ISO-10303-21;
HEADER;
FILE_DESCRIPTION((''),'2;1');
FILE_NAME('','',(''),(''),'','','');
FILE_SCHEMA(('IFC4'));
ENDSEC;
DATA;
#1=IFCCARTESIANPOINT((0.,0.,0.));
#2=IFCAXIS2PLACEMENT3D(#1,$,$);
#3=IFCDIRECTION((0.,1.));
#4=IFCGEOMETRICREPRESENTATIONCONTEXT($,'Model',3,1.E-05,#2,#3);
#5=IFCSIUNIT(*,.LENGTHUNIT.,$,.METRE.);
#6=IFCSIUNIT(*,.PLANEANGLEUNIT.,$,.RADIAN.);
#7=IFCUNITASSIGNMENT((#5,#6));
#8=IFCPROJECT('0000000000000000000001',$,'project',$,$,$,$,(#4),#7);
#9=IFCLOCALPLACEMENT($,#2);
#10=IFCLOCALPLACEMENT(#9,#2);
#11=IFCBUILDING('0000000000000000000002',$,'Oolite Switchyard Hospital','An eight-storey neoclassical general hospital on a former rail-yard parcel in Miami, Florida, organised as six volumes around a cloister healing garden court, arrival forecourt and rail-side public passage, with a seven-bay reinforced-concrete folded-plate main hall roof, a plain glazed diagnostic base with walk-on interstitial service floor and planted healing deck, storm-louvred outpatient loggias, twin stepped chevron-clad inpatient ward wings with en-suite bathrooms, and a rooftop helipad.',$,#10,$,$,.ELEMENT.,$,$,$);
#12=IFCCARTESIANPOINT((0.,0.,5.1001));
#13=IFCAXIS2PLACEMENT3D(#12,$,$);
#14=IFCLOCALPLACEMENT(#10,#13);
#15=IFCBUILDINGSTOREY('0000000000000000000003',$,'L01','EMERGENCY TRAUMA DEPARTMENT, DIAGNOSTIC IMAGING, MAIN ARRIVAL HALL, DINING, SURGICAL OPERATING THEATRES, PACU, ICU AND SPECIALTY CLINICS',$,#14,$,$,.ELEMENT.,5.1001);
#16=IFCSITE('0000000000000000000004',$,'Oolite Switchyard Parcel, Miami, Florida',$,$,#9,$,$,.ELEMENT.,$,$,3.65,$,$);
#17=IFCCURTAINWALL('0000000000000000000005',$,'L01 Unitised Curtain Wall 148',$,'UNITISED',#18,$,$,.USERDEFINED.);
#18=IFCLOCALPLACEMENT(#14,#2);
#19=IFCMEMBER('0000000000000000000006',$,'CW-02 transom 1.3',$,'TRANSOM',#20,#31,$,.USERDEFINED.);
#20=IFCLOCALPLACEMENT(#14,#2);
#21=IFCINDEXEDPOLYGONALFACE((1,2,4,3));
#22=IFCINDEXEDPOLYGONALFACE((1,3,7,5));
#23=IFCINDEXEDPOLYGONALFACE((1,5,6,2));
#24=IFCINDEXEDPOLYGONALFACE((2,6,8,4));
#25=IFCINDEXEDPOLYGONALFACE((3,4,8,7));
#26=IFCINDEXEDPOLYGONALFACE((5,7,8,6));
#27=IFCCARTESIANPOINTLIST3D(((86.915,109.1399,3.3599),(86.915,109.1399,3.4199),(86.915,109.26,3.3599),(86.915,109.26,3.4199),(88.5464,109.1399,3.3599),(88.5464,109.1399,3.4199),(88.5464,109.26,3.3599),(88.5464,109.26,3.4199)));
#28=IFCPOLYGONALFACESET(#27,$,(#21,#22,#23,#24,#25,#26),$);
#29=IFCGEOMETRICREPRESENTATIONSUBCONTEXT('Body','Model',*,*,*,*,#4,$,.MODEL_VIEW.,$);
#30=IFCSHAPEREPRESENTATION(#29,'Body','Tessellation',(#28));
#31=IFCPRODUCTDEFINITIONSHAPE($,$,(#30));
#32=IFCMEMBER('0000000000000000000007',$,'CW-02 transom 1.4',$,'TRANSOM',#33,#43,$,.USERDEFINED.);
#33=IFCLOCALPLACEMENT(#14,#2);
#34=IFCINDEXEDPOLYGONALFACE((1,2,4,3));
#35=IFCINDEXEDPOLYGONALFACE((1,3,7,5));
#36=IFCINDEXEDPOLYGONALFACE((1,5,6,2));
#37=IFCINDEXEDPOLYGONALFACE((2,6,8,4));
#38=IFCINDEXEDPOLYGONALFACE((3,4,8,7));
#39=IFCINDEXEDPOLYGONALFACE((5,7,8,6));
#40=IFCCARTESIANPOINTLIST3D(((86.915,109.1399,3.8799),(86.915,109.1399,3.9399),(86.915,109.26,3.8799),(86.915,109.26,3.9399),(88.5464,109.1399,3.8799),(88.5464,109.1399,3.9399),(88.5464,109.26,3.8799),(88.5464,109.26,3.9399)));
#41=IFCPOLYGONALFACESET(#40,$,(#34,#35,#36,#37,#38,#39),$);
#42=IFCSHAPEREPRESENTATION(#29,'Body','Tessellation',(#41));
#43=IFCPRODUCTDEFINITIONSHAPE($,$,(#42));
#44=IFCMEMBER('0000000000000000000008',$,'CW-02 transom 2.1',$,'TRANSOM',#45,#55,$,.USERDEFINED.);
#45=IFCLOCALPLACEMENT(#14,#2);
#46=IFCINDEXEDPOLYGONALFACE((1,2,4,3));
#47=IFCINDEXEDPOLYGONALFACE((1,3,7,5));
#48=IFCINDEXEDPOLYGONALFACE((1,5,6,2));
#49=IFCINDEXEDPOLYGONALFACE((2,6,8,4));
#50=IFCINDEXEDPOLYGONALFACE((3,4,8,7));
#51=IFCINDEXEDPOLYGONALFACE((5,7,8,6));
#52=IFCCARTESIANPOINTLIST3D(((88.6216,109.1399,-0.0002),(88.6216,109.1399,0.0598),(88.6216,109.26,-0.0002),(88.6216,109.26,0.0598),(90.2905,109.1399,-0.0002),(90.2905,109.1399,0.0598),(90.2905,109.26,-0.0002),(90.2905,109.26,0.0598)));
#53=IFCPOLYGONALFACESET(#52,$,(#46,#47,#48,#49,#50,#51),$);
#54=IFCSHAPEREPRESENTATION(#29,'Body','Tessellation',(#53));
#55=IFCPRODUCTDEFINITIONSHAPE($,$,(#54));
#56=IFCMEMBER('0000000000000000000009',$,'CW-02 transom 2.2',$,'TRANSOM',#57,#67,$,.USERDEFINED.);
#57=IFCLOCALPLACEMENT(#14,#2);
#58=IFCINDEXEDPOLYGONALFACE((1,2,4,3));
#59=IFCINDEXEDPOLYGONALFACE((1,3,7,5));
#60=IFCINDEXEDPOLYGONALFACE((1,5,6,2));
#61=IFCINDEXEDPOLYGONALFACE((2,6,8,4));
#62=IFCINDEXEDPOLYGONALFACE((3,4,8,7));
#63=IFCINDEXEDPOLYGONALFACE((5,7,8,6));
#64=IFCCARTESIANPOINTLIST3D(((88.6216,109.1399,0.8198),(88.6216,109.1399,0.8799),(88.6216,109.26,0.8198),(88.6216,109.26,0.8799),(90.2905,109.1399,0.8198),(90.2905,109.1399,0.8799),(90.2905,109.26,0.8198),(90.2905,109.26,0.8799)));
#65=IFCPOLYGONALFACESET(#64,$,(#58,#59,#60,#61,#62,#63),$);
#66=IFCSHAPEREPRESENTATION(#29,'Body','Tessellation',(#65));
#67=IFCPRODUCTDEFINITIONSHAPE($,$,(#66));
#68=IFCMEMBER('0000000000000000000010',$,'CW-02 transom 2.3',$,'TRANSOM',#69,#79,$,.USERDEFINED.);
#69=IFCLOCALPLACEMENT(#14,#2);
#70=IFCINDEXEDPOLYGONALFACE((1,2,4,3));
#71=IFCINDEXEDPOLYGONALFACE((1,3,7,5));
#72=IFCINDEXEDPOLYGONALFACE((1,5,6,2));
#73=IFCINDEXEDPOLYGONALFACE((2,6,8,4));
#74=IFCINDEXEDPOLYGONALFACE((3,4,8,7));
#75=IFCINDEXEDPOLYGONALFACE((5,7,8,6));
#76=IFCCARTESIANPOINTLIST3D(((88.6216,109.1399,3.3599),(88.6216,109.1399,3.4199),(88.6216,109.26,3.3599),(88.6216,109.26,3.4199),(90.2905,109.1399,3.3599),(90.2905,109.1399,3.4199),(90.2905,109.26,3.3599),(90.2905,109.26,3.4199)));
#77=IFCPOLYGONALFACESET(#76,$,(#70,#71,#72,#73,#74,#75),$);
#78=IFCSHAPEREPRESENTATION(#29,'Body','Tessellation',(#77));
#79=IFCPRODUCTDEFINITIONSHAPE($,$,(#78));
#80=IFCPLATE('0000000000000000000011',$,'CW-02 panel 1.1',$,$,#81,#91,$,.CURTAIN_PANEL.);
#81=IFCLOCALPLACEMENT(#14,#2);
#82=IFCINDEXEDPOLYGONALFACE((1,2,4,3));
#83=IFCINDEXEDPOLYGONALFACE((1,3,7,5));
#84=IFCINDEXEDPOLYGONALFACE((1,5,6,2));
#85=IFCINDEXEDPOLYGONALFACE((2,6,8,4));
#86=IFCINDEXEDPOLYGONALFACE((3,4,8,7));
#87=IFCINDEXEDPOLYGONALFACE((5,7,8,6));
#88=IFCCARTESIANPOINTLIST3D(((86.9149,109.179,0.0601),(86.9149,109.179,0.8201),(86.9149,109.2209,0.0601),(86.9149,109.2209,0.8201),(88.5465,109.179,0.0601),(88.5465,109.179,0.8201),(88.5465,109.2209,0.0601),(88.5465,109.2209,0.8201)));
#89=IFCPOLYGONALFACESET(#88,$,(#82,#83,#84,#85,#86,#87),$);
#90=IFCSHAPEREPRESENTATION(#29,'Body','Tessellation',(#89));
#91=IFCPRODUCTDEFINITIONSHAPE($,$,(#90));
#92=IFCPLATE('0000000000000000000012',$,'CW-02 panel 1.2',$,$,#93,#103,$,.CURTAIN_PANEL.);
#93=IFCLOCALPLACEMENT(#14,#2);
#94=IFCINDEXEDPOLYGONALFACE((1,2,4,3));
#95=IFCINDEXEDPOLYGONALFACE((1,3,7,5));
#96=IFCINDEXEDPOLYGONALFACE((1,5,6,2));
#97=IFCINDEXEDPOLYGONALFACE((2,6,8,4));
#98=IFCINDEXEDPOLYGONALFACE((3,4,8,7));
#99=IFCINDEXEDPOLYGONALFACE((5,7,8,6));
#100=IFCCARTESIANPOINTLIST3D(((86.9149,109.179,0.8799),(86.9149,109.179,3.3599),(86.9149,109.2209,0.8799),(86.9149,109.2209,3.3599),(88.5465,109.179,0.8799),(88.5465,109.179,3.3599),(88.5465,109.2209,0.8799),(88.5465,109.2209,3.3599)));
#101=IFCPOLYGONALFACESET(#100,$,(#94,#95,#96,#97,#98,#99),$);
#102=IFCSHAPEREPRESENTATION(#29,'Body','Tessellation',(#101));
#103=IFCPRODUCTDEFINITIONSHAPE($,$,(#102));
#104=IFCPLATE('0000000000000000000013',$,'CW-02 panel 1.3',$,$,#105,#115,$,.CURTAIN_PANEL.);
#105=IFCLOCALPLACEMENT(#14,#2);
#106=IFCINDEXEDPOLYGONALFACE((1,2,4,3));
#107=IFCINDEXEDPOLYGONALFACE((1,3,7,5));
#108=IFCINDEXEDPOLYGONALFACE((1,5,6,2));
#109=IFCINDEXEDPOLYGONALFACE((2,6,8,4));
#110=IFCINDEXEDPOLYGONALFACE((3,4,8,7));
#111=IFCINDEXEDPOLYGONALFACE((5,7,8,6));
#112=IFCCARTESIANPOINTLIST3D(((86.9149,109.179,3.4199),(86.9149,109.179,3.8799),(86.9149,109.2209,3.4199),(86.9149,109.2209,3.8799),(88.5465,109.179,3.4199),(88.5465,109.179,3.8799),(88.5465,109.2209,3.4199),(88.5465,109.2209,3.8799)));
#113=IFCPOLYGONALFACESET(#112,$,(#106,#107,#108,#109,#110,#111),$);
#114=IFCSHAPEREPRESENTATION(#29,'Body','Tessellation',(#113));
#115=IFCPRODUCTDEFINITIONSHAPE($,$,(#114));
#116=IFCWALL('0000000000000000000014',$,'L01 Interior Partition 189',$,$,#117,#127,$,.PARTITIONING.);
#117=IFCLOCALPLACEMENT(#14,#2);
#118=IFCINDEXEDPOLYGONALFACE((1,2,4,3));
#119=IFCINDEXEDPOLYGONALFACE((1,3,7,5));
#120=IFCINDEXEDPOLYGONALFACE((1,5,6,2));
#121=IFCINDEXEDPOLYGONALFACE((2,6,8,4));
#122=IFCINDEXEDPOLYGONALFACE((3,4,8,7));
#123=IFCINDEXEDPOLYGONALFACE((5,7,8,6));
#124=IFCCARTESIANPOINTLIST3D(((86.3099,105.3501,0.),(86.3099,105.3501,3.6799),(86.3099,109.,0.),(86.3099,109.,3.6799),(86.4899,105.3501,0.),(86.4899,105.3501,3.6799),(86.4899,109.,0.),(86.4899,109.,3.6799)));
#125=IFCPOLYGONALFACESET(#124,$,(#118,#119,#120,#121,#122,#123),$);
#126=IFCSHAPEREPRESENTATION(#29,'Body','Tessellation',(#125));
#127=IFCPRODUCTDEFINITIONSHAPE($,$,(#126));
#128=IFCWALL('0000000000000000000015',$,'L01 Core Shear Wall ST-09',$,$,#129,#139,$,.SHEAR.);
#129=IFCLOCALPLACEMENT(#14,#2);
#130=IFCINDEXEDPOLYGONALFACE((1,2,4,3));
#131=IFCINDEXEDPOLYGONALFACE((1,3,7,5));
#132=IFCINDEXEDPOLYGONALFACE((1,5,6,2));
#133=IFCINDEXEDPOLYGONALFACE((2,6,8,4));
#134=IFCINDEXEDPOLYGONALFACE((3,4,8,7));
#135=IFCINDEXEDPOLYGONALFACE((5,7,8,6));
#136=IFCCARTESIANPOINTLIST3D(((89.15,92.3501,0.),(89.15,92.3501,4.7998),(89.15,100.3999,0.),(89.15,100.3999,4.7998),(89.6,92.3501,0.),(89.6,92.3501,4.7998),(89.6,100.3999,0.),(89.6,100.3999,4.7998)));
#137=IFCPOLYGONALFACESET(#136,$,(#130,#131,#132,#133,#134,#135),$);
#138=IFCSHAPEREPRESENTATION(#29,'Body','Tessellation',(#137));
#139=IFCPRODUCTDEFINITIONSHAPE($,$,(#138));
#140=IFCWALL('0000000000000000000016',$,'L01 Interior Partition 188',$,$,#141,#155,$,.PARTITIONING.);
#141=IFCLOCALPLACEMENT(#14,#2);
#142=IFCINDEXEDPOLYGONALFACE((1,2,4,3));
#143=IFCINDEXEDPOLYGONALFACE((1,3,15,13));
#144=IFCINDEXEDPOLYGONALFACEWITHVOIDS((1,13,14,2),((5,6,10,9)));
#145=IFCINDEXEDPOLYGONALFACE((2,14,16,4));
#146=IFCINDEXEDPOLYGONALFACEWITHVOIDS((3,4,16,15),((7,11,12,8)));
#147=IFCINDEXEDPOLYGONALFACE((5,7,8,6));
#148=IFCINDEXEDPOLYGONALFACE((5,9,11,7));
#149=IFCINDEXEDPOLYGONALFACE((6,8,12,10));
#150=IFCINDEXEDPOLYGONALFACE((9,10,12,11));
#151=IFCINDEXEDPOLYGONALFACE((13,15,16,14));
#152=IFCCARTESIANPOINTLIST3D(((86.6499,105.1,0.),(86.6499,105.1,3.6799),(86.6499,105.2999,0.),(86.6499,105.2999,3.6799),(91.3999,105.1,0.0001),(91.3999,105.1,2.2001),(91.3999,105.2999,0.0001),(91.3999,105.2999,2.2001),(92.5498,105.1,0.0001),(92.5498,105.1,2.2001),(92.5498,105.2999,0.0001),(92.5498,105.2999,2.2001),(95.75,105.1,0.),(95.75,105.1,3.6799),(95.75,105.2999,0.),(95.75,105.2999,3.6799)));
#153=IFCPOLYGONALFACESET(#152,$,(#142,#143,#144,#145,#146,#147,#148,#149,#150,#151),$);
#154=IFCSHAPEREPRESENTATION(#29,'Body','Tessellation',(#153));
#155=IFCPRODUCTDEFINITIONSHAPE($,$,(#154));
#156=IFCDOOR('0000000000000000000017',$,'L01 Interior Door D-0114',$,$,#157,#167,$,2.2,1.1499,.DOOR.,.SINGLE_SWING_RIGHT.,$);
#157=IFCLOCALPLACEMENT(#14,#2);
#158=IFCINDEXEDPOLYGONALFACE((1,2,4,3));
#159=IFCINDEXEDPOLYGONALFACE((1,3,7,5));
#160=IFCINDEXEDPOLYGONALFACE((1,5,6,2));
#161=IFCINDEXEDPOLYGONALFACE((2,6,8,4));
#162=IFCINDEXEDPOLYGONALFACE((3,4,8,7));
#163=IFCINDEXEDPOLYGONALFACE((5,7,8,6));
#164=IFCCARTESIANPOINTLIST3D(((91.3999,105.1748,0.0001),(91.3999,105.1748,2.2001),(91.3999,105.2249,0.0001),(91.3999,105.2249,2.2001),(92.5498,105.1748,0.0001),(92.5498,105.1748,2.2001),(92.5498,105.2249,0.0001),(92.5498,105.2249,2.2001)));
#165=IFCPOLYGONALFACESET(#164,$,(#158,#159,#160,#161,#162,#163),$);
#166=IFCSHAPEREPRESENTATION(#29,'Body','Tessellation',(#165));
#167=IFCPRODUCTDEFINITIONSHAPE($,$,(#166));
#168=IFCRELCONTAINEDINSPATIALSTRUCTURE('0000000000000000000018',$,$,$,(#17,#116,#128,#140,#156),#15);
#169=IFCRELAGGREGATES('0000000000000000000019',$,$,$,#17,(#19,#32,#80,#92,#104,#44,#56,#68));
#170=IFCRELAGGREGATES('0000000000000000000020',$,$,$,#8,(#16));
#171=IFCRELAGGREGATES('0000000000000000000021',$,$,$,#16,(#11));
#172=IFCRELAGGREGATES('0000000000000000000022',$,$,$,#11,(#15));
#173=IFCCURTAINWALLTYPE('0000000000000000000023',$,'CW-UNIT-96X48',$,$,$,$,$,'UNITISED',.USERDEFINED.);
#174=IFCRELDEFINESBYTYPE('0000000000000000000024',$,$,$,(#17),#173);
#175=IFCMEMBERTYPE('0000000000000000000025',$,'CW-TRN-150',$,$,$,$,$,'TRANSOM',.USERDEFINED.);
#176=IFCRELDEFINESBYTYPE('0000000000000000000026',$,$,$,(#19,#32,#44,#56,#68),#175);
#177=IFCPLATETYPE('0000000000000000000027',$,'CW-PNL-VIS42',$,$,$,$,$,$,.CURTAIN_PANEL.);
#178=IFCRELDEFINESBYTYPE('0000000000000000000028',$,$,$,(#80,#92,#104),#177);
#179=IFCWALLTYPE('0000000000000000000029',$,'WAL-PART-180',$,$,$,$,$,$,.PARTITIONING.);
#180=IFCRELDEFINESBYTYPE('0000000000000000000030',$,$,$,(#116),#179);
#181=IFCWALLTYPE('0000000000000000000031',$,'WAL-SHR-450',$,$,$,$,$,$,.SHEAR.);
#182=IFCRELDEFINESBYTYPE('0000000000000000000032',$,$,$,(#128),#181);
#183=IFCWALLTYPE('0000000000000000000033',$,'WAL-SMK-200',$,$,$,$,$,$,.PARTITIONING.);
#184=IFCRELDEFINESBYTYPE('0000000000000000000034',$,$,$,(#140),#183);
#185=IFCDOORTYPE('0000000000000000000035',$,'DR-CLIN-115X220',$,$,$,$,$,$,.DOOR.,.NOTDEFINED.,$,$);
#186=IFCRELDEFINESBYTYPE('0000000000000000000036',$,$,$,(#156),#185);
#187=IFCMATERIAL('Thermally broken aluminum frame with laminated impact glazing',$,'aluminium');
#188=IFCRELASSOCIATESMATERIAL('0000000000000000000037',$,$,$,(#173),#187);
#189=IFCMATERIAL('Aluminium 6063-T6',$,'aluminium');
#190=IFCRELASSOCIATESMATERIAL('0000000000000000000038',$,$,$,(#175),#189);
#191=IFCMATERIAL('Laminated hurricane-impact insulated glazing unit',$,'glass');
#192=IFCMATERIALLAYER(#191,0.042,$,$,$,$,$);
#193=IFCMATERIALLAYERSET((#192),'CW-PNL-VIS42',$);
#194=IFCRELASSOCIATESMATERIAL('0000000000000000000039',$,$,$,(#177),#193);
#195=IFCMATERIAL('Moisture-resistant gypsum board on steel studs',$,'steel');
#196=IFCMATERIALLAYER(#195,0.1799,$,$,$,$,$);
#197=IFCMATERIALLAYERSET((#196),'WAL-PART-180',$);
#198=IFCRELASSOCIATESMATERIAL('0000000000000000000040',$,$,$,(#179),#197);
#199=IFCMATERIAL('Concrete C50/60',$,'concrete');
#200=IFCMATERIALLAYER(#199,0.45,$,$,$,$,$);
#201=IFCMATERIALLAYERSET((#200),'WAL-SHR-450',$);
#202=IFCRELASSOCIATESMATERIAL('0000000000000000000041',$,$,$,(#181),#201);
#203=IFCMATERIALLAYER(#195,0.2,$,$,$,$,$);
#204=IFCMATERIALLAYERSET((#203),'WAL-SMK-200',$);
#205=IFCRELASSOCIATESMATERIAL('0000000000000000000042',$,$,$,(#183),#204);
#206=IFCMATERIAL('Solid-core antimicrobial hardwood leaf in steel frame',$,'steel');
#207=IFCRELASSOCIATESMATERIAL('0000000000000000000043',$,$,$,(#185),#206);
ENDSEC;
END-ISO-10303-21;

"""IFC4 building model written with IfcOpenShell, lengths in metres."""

from ifc_helpers import new_model, si_unit, direction, frame, frame_2d, origin, origin_2d, place, context, subcontext, project, spatial, rectangle, extrude, material, layer, layer_set, material_profile, profile_set, type_object, element, fill, aggregate, save


model = new_model("IFC4")

# Units and contexts
model_context = context("Model", 3, precision=1e-05, world=origin(), true_north=direction((0.0, 1.0)))
body_context = subcontext(model_context, "Body", "Model", "MODEL_VIEW")
ifc_project = project(units=[si_unit("LENGTHUNIT", "METRE"), si_unit("PLANEANGLEUNIT", "RADIAN")], contexts=[model_context])

# Site, building, storey
site_placement = place(None, origin())
site = spatial("IfcSite", under=ifc_project, at=site_placement, Name="Oolite Switchyard Parcel, Miami, Florida", CompositionType="ELEMENT", RefElevation=3.65)
building_placement = place(site_placement, origin())
building = spatial("IfcBuilding", under=site, at=building_placement, Name="Oolite Switchyard Hospital", Description="An eight-storey neoclassical general hospital on a former rail-yard parcel in Miami, Florida, organised as six volumes around a cloister healing garden court, arrival forecourt and rail-side public passage, with a seven-bay reinforced-concrete folded-plate main hall roof, a plain glazed diagnostic base with walk-on interstitial service floor and planted healing deck, storm-louvred outpatient loggias, twin stepped chevron-clad inpatient ward wings with en-suite bathrooms, and a rooftop helipad.", CompositionType="ELEMENT")
storey_placement = place(building_placement, frame((0.0, 0.0, 5.1001)))
storey = spatial("IfcBuildingStorey", under=building, at=storey_placement, Name="L01", Description="EMERGENCY TRAUMA DEPARTMENT, DIAGNOSTIC IMAGING, MAIN ARRIVAL HALL, DINING, SURGICAL OPERATING THEATRES, PACU, ICU AND SPECIALTY CLINICS", CompositionType="ELEMENT", Elevation=5.1001)

# Shared definitions
ifc_material_1 = material(Name="Concrete C50/60", Category="concrete")

# Curtain wall, members, plates
ifc_material_2 = material(Name="Thermally broken aluminum frame with laminated impact glazing", Category="aluminium")
curtain_wall_type = type_object("IfcCurtainWallType", Name="CW-UNIT-96X48", ElementType="UNITISED", PredefinedType="USERDEFINED", material=ifc_material_2)
curtain_wall_placement = place(storey_placement, origin())
curtain_wall = element("IfcCurtainWall", 1, at=curtain_wall_placement, inside=storey, type_object=curtain_wall_type, Name="L01 Unitised Curtain Wall 148", ObjectType="UNITISED", PredefinedType="USERDEFINED")
ifc_material_3 = material(Name="Aluminium 6063-T6", Category="aluminium")
ifc_material_profile_1 = material_profile(ifc_material_3, rectangle(XDim=0.1201, YDim=0.0601, at=origin_2d()), Name="CWT60X120")
ifc_profile_set_1 = profile_set([ifc_material_profile_1], Name="Aluminium 6063-T6")
member_type_1 = type_object("IfcMemberType", Name="CW-TRN-150", ElementType="TRANSOM", PredefinedType="USERDEFINED", material=ifc_profile_set_1)
member_1_placement = place(storey_placement, frame((86.915, 109.2, 3.3899), z_axis=(1.0, 0.0, 0.0), x_axis=(0.0, 1.0, 0.0)))
member_1 = element("IfcMember", 2, at=member_1_placement, type_object=member_type_1, Name="CW-02 transom 1.3", ObjectType="TRANSOM", PredefinedType="USERDEFINED", context=body_context, shape_type="SweptSolid", body=[
    extrude(rectangle(XDim=0.1201, YDim=0.0601, at=origin_2d()), origin(), (0.0, 0.0, 1.0), 1.6313),
])
member_2_placement = place(storey_placement, frame((86.915, 109.2, 3.9099), z_axis=(1.0, 0.0, 0.0), x_axis=(0.0, 1.0, 0.0)))
member_2 = element("IfcMember", 3, at=member_2_placement, type_object=member_type_1, Name="CW-02 transom 1.4", ObjectType="TRANSOM", PredefinedType="USERDEFINED", context=body_context, shape_type="SweptSolid", body=[
    extrude(rectangle(XDim=0.1201, YDim=0.0601, at=origin_2d()), origin(), (0.0, 0.0, 1.0), 1.6313),
])
member_3_placement = place(storey_placement, frame((88.6216, 109.2, 0.0298), z_axis=(1.0, 0.0, 0.0), x_axis=(0.0, 1.0, 0.0)))
member_3 = element("IfcMember", 4, at=member_3_placement, type_object=member_type_1, Name="CW-02 transom 2.1", ObjectType="TRANSOM", PredefinedType="USERDEFINED", context=body_context, shape_type="SweptSolid", body=[
    extrude(rectangle(XDim=0.1201, YDim=0.0601, at=origin_2d()), origin(), (0.0, 0.0, 1.0), 1.6689),
])
member_4_placement = place(storey_placement, frame((88.6216, 109.2, 0.8499), z_axis=(1.0, 0.0, 0.0), x_axis=(0.0, 1.0, 0.0)))
member_4 = element("IfcMember", 5, at=member_4_placement, type_object=member_type_1, Name="CW-02 transom 2.2", ObjectType="TRANSOM", PredefinedType="USERDEFINED", context=body_context, shape_type="SweptSolid", body=[
    extrude(rectangle(XDim=0.1201, YDim=0.0601, at=origin_2d()), origin(), (0.0, 0.0, 1.0), 1.6689),
])
member_5_placement = place(storey_placement, frame((88.6216, 109.2, 3.3899), z_axis=(1.0, 0.0, 0.0), x_axis=(0.0, 1.0, 0.0)))
member_5 = element("IfcMember", 6, at=member_5_placement, type_object=member_type_1, Name="CW-02 transom 2.3", ObjectType="TRANSOM", PredefinedType="USERDEFINED", context=body_context, shape_type="SweptSolid", body=[
    extrude(rectangle(XDim=0.1201, YDim=0.0601, at=origin_2d()), origin(), (0.0, 0.0, 1.0), 1.6689),
])
ifc_material_4 = material(Name="Laminated hurricane-impact insulated glazing unit", Category="glass")
ifc_layer_1 = layer(ifc_material_4, 0.042)
ifc_layer_set_1 = layer_set([ifc_layer_1], Name="CW-PNL-VIS42")
plate_type = type_object("IfcPlateType", Name="CW-PNL-VIS42", PredefinedType="CURTAIN_PANEL", material=ifc_layer_set_1)
plate_1_placement = place(storey_placement, frame((87.7307, 109.2, 0.0601), z_axis=(0.0, 0.0, 1.0), x_axis=(1.0, 0.0, 0.0)))
plate_1 = element("IfcPlate", 7, at=plate_1_placement, type_object=plate_type, Name="CW-02 panel 1.1", PredefinedType="CURTAIN_PANEL", context=body_context, shape_type="SweptSolid", body=[
    extrude(rectangle(XDim=1.6316, YDim=0.042, at=origin_2d()), origin(), (0.0, 0.0, 1.0), 0.76),
])
plate_2_placement = place(storey_placement, frame((87.7307, 109.2, 0.8799), z_axis=(0.0, 0.0, 1.0), x_axis=(1.0, 0.0, 0.0)))
plate_2 = element("IfcPlate", 8, at=plate_2_placement, type_object=plate_type, Name="CW-02 panel 1.2", PredefinedType="CURTAIN_PANEL", context=body_context, shape_type="SweptSolid", body=[
    extrude(rectangle(XDim=1.6316, YDim=0.042, at=origin_2d()), origin(), (0.0, 0.0, 1.0), 2.48),
])
plate_3_placement = place(storey_placement, frame((87.7307, 109.2, 3.4199), z_axis=(0.0, 0.0, 1.0), x_axis=(1.0, 0.0, 0.0)))
plate_3 = element("IfcPlate", 9, at=plate_3_placement, type_object=plate_type, Name="CW-02 panel 1.3", PredefinedType="CURTAIN_PANEL", context=body_context, shape_type="SweptSolid", body=[
    extrude(rectangle(XDim=1.6316, YDim=0.042, at=origin_2d()), origin(), (0.0, 0.0, 1.0), 0.46),
])
aggregate(curtain_wall, [member_1, member_2, plate_1, plate_2, plate_3, member_3, member_4, member_5])

# Walls
ifc_material_5 = material(Name="Moisture-resistant gypsum board on steel studs", Category="steel")
ifc_layer_2 = layer(ifc_material_5, 0.1799)
ifc_layer_set_2 = layer_set([ifc_layer_2], Name="WAL-PART-180")
wall_type_1 = type_object("IfcWallType", Name="WAL-PART-180", PredefinedType="PARTITIONING", material=ifc_layer_set_2)
wall_1_placement = place(storey_placement, frame((86.3999, 105.3501, 0.0), z_axis=(0.0, 0.0, 1.0), x_axis=(0.0, 1.0, 0.0)))
element("IfcWall", 10, at=wall_1_placement, inside=storey, type_object=wall_type_1, Name="L01 Interior Partition 189", PredefinedType="PARTITIONING", context=body_context, shape_type="SweptSolid", body=[
    extrude(rectangle(XDim=3.6499, YDim=0.1799, at=frame_2d((1.825, 0.0))), origin(), (0.0, 0.0, 1.0), 3.6799),
])
ifc_layer_3 = layer(ifc_material_1, 0.45)
ifc_layer_set_3 = layer_set([ifc_layer_3], Name="WAL-SHR-450")
wall_type_2 = type_object("IfcWallType", Name="WAL-SHR-450", PredefinedType="SHEAR", material=ifc_layer_set_3)
wall_2_placement = place(storey_placement, frame((89.375, 100.3999, 0.0), z_axis=(0.0, 0.0, 1.0), x_axis=(0.0, -1.0, 0.0)))
element("IfcWall", 11, at=wall_2_placement, inside=storey, type_object=wall_type_2, Name="L01 Core Shear Wall ST-09", PredefinedType="SHEAR", context=body_context, shape_type="SweptSolid", body=[
    extrude(rectangle(XDim=8.0498, YDim=0.45, at=frame_2d((4.0249, 0.0))), origin(), (0.0, 0.0, 1.0), 4.7998),
])

# Wall, opening, door
ifc_layer_4 = layer(ifc_material_5, 0.2)
ifc_layer_set_4 = layer_set([ifc_layer_4], Name="WAL-SMK-200")
wall_type_3 = type_object("IfcWallType", Name="WAL-SMK-200", PredefinedType="PARTITIONING", material=ifc_layer_set_4)
wall_3_placement = place(storey_placement, frame((86.6499, 105.2, 0.0), z_axis=(0.0, 0.0, 1.0), x_axis=(1.0, 0.0, 0.0)))
wall_3 = element("IfcWall", 12, at=wall_3_placement, inside=storey, type_object=wall_type_3, Name="L01 Interior Partition 188", PredefinedType="PARTITIONING", context=body_context, shape_type="SweptSolid", body=[
    extrude(rectangle(XDim=9.1001, YDim=0.2, at=frame_2d((4.55, 0.0))), origin(), (0.0, 0.0, 1.0), 3.6799),
])
opening_1_placement = place(wall_3_placement, frame((4.75, 0.0, 0.0)))
opening_1 = element("IfcOpeningElement", 13, at=opening_1_placement, cuts=wall_3, PredefinedType="OPENING", context=body_context, shape_type="SweptSolid", body=[
    extrude(rectangle(XDim=1.1499, YDim=2.2, at=frame_2d((0.575, 1.1001))), frame((0.0, 0.1099, 0.0), z_axis=(0.0, -1.0, 0.0), x_axis=(1.0, 0.0, 0.0)), (0.0, 0.0, 1.0), 0.22),
])
ifc_material_6 = material(Name="Solid-core antimicrobial hardwood leaf in steel frame", Category="steel")
door_type_1 = type_object("IfcDoorType", Name="DR-CLIN-115X220", OperationType="NOTDEFINED", PredefinedType="DOOR", material=ifc_material_6)
door_1_placement = place(opening_1_placement, origin())
door_1 = element("IfcDoor", 14, at=door_1_placement, inside=storey, type_object=door_type_1, Name="L01 Interior Door D-0114", OperationType="SINGLE_SWING_RIGHT", OverallHeight=2.2, OverallWidth=1.1499, PredefinedType="DOOR", context=body_context, shape_type="SweptSolid", body=[
    extrude(rectangle(XDim=1.1499, YDim=2.2, at=frame_2d((0.575, 1.1001))), frame((0.0, 0.0249, 0.0), z_axis=(0.0, -1.0, 0.0), x_axis=(1.0, 0.0, 0.0)), (0.0, 0.0, 1.0), 0.05),
])
fill(opening_1, door_1)

save(model, "model.ifc")
